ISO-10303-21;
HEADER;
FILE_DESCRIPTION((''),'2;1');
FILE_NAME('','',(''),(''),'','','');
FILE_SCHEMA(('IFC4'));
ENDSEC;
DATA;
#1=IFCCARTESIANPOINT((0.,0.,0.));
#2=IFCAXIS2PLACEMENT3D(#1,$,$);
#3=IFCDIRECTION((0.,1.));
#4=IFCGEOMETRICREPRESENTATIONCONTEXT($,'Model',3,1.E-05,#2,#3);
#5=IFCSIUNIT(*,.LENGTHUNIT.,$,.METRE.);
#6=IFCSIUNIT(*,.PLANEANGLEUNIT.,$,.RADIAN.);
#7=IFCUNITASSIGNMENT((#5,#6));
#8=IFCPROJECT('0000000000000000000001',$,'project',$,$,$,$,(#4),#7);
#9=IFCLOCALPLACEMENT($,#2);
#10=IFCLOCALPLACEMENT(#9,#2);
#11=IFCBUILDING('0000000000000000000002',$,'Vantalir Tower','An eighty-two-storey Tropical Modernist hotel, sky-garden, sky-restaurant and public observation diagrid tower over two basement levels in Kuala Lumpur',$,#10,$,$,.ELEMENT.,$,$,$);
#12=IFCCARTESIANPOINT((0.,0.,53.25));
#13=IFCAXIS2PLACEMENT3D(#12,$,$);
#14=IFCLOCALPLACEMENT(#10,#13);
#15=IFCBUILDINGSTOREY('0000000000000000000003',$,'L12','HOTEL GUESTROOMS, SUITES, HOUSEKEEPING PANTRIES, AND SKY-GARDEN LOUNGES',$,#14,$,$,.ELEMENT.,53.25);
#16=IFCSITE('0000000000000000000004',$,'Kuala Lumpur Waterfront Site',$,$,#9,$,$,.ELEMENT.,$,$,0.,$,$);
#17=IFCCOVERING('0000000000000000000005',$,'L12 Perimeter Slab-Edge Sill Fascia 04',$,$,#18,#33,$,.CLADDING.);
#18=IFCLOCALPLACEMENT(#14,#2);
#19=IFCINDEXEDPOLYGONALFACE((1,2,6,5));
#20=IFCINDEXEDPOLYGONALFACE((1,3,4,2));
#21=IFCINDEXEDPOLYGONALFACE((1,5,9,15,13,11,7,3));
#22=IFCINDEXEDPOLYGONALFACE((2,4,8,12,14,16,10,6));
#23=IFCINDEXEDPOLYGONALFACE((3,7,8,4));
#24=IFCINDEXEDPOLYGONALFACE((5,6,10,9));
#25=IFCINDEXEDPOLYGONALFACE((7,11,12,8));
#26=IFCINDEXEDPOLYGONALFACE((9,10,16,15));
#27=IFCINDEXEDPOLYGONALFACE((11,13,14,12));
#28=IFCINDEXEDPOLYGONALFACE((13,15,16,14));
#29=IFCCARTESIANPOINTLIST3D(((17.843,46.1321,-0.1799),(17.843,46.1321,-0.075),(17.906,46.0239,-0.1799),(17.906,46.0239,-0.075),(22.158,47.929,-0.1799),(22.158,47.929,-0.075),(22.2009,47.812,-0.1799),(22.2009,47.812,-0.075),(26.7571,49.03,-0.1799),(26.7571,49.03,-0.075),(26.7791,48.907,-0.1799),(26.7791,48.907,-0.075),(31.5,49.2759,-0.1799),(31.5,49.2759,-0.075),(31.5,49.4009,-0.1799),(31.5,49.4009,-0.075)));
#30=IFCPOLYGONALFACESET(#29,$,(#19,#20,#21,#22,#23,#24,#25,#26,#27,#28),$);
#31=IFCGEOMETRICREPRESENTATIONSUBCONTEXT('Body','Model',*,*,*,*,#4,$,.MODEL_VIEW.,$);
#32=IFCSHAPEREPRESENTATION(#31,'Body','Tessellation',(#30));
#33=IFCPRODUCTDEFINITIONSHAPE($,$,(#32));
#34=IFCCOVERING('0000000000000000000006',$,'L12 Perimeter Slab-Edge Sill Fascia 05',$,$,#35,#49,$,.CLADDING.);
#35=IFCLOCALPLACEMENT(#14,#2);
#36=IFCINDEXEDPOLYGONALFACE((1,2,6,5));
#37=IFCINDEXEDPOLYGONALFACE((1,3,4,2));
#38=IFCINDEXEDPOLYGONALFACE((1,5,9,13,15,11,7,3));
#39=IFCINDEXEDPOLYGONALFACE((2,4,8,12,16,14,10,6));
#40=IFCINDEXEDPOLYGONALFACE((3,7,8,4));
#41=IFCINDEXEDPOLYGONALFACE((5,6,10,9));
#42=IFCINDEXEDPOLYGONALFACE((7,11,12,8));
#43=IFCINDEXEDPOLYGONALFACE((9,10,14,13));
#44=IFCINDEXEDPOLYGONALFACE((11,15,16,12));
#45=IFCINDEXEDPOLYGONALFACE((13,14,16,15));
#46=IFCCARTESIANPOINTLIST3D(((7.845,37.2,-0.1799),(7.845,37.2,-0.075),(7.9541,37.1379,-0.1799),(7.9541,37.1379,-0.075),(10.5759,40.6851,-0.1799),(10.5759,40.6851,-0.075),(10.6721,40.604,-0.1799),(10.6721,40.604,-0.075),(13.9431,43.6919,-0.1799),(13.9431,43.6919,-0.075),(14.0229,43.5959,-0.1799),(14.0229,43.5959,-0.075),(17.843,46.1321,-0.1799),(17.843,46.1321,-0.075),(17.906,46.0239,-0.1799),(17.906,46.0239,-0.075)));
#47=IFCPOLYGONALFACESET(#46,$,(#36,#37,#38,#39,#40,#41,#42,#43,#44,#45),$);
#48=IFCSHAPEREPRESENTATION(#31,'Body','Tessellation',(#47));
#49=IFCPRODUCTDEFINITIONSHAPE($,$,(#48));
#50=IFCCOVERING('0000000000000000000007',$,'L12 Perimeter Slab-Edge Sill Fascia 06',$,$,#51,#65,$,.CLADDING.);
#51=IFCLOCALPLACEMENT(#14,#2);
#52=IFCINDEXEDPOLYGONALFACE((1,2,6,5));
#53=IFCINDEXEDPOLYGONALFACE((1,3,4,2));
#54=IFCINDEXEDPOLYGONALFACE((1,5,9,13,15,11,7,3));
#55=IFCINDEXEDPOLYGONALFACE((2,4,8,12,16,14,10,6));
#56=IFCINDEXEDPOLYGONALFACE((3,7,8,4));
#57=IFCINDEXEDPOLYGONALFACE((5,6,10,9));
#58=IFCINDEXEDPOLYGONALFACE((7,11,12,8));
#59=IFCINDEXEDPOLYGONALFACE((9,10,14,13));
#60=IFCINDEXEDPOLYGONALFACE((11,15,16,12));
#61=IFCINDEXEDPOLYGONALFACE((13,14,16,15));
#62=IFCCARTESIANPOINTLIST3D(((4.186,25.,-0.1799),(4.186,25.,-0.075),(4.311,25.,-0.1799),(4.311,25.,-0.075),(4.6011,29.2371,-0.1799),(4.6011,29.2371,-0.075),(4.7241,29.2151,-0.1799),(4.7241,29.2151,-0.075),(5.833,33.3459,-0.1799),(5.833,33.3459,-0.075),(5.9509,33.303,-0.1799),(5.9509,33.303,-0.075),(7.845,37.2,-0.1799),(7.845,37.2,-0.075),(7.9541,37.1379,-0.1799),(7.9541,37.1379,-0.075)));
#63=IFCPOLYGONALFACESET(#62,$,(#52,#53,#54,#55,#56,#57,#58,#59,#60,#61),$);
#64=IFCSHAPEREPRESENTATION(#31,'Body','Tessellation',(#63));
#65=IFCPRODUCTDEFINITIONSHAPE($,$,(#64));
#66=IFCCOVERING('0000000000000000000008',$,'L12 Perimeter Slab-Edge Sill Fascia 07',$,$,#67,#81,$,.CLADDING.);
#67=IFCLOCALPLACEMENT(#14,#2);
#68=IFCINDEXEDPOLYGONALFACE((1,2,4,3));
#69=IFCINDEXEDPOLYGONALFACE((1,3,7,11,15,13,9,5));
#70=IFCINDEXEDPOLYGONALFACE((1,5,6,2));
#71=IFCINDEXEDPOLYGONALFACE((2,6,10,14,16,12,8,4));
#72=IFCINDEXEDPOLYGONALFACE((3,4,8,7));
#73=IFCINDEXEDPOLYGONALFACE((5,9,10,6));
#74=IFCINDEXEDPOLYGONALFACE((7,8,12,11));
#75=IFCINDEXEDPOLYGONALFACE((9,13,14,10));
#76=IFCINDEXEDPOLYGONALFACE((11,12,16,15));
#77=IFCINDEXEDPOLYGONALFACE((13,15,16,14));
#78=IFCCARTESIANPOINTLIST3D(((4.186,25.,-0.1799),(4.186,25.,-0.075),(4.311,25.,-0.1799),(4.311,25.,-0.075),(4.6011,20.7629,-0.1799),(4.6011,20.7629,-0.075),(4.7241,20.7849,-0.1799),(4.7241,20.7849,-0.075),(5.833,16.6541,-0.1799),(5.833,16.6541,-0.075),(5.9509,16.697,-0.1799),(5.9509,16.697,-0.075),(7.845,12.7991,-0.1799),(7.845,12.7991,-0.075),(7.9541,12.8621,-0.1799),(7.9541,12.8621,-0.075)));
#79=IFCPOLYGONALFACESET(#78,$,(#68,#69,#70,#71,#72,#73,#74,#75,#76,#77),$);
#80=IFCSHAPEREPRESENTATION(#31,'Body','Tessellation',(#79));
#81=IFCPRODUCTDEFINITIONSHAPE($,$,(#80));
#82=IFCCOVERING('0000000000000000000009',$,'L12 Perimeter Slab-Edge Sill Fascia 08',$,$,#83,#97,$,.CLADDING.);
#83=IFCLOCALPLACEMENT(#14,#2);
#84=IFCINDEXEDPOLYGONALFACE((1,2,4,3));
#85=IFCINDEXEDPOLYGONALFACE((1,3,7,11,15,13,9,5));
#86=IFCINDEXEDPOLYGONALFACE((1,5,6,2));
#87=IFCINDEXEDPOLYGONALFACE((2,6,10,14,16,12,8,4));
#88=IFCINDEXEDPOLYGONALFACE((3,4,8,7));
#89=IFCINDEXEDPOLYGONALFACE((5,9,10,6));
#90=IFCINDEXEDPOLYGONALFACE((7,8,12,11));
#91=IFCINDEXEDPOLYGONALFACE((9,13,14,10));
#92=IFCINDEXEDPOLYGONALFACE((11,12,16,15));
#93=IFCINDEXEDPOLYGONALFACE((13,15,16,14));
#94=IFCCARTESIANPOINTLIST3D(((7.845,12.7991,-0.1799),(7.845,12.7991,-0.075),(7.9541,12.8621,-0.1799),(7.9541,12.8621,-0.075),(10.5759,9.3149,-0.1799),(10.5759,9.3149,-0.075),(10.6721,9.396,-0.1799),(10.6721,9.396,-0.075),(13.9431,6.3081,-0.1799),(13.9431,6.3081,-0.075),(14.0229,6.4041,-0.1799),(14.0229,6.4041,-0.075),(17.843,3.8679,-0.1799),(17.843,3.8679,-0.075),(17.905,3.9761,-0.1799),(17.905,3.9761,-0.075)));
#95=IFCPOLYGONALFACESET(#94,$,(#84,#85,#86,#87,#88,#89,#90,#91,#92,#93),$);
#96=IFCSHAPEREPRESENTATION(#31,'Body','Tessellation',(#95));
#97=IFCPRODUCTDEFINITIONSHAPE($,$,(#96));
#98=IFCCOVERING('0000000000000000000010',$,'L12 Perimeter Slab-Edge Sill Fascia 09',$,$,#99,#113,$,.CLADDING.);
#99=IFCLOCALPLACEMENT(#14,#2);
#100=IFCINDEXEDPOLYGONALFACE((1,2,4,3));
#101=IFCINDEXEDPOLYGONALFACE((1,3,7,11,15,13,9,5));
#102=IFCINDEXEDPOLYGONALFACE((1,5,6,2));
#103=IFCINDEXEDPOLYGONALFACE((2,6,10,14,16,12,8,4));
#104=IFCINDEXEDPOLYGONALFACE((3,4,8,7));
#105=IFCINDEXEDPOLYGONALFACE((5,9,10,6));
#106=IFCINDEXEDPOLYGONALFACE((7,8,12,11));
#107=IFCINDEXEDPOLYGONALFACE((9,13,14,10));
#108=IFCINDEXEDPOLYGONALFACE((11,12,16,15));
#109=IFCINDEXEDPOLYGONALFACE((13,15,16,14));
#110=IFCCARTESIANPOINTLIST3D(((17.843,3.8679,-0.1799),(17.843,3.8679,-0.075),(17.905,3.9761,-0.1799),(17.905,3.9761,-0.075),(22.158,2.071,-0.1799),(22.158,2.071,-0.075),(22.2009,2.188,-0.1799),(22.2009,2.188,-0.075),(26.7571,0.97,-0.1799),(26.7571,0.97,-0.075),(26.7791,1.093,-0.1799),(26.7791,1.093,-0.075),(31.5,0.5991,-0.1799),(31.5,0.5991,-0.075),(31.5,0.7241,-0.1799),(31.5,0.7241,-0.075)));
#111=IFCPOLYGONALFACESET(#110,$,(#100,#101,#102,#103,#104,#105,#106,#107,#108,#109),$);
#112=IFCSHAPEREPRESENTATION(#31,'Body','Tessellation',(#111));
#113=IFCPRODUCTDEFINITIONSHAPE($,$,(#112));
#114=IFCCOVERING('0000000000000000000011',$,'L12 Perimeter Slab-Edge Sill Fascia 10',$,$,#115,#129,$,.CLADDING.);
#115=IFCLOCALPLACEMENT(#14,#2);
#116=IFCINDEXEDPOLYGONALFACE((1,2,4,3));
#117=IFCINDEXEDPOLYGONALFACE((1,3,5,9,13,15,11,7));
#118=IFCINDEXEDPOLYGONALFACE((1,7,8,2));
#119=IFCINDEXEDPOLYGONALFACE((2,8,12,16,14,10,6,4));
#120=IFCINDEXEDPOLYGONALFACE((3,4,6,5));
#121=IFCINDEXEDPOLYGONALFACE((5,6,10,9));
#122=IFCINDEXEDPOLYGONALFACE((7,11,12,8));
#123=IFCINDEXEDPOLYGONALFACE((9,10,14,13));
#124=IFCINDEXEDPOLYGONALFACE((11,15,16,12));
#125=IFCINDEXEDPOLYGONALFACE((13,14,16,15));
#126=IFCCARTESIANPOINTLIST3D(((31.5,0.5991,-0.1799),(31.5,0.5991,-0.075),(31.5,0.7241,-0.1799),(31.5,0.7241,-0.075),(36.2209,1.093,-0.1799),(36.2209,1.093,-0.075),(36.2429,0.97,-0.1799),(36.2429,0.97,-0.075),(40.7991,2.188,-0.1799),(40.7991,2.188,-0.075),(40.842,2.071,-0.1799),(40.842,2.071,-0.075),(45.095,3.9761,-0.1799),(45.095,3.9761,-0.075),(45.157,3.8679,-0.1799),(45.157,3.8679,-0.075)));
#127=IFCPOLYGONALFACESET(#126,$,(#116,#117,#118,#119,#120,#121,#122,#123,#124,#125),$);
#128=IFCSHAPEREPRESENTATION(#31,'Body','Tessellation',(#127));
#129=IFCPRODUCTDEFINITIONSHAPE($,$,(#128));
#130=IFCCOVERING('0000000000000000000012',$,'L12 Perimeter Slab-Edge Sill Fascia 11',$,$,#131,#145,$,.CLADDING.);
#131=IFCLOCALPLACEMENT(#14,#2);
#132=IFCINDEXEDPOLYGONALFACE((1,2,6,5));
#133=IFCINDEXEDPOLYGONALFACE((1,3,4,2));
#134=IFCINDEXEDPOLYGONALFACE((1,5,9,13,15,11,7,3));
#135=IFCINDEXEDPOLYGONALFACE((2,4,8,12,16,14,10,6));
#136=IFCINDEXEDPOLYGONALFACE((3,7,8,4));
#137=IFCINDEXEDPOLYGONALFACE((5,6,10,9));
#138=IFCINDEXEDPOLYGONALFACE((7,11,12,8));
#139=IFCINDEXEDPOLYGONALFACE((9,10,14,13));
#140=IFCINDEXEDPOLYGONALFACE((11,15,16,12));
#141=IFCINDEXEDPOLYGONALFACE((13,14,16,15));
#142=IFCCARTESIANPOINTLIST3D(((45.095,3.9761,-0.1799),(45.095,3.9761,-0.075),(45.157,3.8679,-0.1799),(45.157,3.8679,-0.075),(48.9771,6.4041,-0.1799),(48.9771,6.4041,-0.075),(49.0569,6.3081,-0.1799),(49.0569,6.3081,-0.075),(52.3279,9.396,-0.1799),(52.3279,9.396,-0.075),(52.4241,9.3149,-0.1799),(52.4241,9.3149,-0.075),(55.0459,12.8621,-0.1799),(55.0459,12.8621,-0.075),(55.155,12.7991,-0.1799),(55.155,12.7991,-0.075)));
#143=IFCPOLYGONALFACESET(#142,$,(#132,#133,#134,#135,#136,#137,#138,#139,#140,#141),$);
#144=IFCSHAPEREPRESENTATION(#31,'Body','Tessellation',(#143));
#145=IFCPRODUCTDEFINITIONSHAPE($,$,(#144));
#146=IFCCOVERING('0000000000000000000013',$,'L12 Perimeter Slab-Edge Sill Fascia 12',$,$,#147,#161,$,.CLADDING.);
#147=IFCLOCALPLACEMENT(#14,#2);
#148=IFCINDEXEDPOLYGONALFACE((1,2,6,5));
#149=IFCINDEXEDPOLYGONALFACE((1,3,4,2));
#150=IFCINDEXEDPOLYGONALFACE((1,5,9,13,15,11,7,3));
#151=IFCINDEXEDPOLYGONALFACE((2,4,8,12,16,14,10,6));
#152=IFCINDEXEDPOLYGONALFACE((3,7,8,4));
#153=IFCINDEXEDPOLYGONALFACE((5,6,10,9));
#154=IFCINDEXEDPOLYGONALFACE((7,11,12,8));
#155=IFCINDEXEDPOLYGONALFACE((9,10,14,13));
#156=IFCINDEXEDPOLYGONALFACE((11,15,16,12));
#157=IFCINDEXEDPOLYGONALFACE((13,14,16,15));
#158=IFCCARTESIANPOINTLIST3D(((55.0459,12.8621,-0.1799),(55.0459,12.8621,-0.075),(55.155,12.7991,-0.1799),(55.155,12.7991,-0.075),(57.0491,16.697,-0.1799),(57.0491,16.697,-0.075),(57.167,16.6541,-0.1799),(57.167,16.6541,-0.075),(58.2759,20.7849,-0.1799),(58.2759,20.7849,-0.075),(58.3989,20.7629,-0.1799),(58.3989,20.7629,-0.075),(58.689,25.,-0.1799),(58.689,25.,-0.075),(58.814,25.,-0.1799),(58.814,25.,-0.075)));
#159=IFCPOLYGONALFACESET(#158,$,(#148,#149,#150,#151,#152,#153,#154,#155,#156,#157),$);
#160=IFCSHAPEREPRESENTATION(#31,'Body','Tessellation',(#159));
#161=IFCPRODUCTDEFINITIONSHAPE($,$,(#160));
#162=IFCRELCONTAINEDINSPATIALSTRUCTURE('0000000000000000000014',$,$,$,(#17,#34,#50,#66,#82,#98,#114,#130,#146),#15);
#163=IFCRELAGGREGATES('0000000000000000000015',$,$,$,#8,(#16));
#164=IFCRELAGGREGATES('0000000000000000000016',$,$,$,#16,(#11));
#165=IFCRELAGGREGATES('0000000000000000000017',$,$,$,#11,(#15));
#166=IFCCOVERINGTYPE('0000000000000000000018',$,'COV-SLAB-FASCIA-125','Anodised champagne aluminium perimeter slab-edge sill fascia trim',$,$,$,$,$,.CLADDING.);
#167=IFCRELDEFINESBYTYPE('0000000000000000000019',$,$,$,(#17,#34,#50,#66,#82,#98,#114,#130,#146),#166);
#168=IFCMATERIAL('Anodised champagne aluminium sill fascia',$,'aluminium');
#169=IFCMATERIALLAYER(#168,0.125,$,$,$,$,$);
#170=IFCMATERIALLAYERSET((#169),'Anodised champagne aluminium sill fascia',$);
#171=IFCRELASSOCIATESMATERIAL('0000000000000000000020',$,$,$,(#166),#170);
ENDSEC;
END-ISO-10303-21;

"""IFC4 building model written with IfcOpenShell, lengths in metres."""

from ifc_helpers import new_model, si_unit, direction, frame, origin, place, context, subcontext, project, spatial, polyline, outline, extrude, material, layer, layer_set, type_object, element, save


model = new_model("IFC4")

# Units and contexts
model_context = context("Model", 3, precision=1e-05, world=origin(), true_north=direction((0.0, 1.0)))
body_context = subcontext(model_context, "Body", "Model", "MODEL_VIEW")
ifc_project = project(units=[si_unit("LENGTHUNIT", "METRE"), si_unit("PLANEANGLEUNIT", "RADIAN")], contexts=[model_context])

# Site, building, storey
site_placement = place(None, origin())
site = spatial("IfcSite", under=ifc_project, at=site_placement, Name="Kuala Lumpur Waterfront Site", CompositionType="ELEMENT", RefElevation=0.0)
building_placement = place(site_placement, origin())
building = spatial("IfcBuilding", under=site, at=building_placement, Name="Vantalir Tower", Description="An eighty-two-storey Tropical Modernist hotel, sky-garden, sky-restaurant and public observation diagrid tower over two basement levels in Kuala Lumpur", CompositionType="ELEMENT")
storey_placement = place(building_placement, frame((0.0, 0.0, 53.25)))
storey = spatial("IfcBuildingStorey", under=building, at=storey_placement, Name="L12", Description="HOTEL GUESTROOMS, SUITES, HOUSEKEEPING PANTRIES, AND SKY-GARDEN LOUNGES", CompositionType="ELEMENT", Elevation=53.25)

# Coverings
ifc_material_1 = material(Name="Anodised champagne aluminium sill fascia", Category="aluminium")
ifc_layer_1 = layer(ifc_material_1, 0.125)
ifc_layer_set_1 = layer_set([ifc_layer_1], Name="Anodised champagne aluminium sill fascia")
covering_type = type_object("IfcCoveringType", Name="COV-SLAB-FASCIA-125", Description="Anodised champagne aluminium perimeter slab-edge sill fascia trim", PredefinedType="CLADDING", material=ifc_layer_set_1)
covering_1_placement = place(storey_placement, frame((0.0, 0.0, -0.1799)))
element("IfcCovering", 1, at=covering_1_placement, inside=storey, type_object=covering_type, Name="L12 Perimeter Slab-Edge Sill Fascia 04", PredefinedType="CLADDING", context=body_context, shape_type="SweptSolid", body=[
    extrude(outline(polyline([(31.5, 49.4009), (26.7571, 49.03), (22.158, 47.929), (17.843, 46.1321), (17.906, 46.0239), (22.2009, 47.812), (26.7791, 48.907), (31.5, 49.2759), (31.5, 49.4009)])), origin(), (0.0, 0.0, 1.0), 0.105),
])
covering_2_placement = place(storey_placement, frame((0.0, 0.0, -0.1799)))
element("IfcCovering", 2, at=covering_2_placement, inside=storey, type_object=covering_type, Name="L12 Perimeter Slab-Edge Sill Fascia 05", PredefinedType="CLADDING", context=body_context, shape_type="SweptSolid", body=[
    extrude(outline(polyline([(17.843, 46.1321), (13.9431, 43.6919), (10.5759, 40.6851), (7.845, 37.2), (7.9541, 37.1379), (10.6721, 40.604), (14.0229, 43.5959), (17.906, 46.0239), (17.843, 46.1321)])), origin(), (0.0, 0.0, 1.0), 0.105),
])
covering_3_placement = place(storey_placement, frame((0.0, 0.0, -0.1799)))
element("IfcCovering", 3, at=covering_3_placement, inside=storey, type_object=covering_type, Name="L12 Perimeter Slab-Edge Sill Fascia 06", PredefinedType="CLADDING", context=body_context, shape_type="SweptSolid", body=[
    extrude(outline(polyline([(7.845, 37.2), (5.833, 33.3459), (4.6011, 29.2371), (4.186, 25.0), (4.311, 25.0), (4.7241, 29.2151), (5.9509, 33.303), (7.9541, 37.1379), (7.845, 37.2)])), origin(), (0.0, 0.0, 1.0), 0.105),
])
covering_4_placement = place(storey_placement, frame((0.0, 0.0, -0.1799)))
element("IfcCovering", 4, at=covering_4_placement, inside=storey, type_object=covering_type, Name="L12 Perimeter Slab-Edge Sill Fascia 07", PredefinedType="CLADDING", context=body_context, shape_type="SweptSolid", body=[
    extrude(outline(polyline([(4.186, 25.0), (4.6011, 20.7629), (5.833, 16.6541), (7.845, 12.7991), (7.9541, 12.8621), (5.9509, 16.697), (4.7241, 20.7849), (4.311, 25.0), (4.186, 25.0)])), origin(), (0.0, 0.0, 1.0), 0.105),
])
covering_5_placement = place(storey_placement, frame((0.0, 0.0, -0.1799)))
element("IfcCovering", 5, at=covering_5_placement, inside=storey, type_object=covering_type, Name="L12 Perimeter Slab-Edge Sill Fascia 08", PredefinedType="CLADDING", context=body_context, shape_type="SweptSolid", body=[
    extrude(outline(polyline([(7.845, 12.7991), (10.5759, 9.3149), (13.9431, 6.3081), (17.843, 3.8679), (17.905, 3.9761), (14.0229, 6.4041), (10.6721, 9.396), (7.9541, 12.8621), (7.845, 12.7991)])), origin(), (0.0, 0.0, 1.0), 0.105),
])
covering_6_placement = place(storey_placement, frame((0.0, 0.0, -0.1799)))
element("IfcCovering", 6, at=covering_6_placement, inside=storey, type_object=covering_type, Name="L12 Perimeter Slab-Edge Sill Fascia 09", PredefinedType="CLADDING", context=body_context, shape_type="SweptSolid", body=[
    extrude(outline(polyline([(17.843, 3.8679), (22.158, 2.071), (26.7571, 0.97), (31.5, 0.5991), (31.5, 0.7241), (26.7791, 1.093), (22.2009, 2.188), (17.905, 3.9761), (17.843, 3.8679)])), origin(), (0.0, 0.0, 1.0), 0.105),
])
covering_7_placement = place(storey_placement, frame((0.0, 0.0, -0.1799)))
element("IfcCovering", 7, at=covering_7_placement, inside=storey, type_object=covering_type, Name="L12 Perimeter Slab-Edge Sill Fascia 10", PredefinedType="CLADDING", context=body_context, shape_type="SweptSolid", body=[
    extrude(outline(polyline([(31.5, 0.5991), (36.2429, 0.97), (40.842, 2.071), (45.157, 3.8679), (45.095, 3.9761), (40.7991, 2.188), (36.2209, 1.093), (31.5, 0.7241), (31.5, 0.5991)])), origin(), (0.0, 0.0, 1.0), 0.105),
])
covering_8_placement = place(storey_placement, frame((0.0, 0.0, -0.1799)))
element("IfcCovering", 8, at=covering_8_placement, inside=storey, type_object=covering_type, Name="L12 Perimeter Slab-Edge Sill Fascia 11", PredefinedType="CLADDING", context=body_context, shape_type="SweptSolid", body=[
    extrude(outline(polyline([(45.157, 3.8679), (49.0569, 6.3081), (52.4241, 9.3149), (55.155, 12.7991), (55.0459, 12.8621), (52.3279, 9.396), (48.9771, 6.4041), (45.095, 3.9761), (45.157, 3.8679)])), origin(), (0.0, 0.0, 1.0), 0.105),
])
covering_9_placement = place(storey_placement, frame((0.0, 0.0, -0.1799)))
element("IfcCovering", 9, at=covering_9_placement, inside=storey, type_object=covering_type, Name="L12 Perimeter Slab-Edge Sill Fascia 12", PredefinedType="CLADDING", context=body_context, shape_type="SweptSolid", body=[
    extrude(outline(polyline([(55.155, 12.7991), (57.167, 16.6541), (58.3989, 20.7629), (58.814, 25.0), (58.689, 25.0), (58.2759, 20.7849), (57.0491, 16.697), (55.0459, 12.8621), (55.155, 12.7991)])), origin(), (0.0, 0.0, 1.0), 0.105),
])

save(model, "model.ifc")
